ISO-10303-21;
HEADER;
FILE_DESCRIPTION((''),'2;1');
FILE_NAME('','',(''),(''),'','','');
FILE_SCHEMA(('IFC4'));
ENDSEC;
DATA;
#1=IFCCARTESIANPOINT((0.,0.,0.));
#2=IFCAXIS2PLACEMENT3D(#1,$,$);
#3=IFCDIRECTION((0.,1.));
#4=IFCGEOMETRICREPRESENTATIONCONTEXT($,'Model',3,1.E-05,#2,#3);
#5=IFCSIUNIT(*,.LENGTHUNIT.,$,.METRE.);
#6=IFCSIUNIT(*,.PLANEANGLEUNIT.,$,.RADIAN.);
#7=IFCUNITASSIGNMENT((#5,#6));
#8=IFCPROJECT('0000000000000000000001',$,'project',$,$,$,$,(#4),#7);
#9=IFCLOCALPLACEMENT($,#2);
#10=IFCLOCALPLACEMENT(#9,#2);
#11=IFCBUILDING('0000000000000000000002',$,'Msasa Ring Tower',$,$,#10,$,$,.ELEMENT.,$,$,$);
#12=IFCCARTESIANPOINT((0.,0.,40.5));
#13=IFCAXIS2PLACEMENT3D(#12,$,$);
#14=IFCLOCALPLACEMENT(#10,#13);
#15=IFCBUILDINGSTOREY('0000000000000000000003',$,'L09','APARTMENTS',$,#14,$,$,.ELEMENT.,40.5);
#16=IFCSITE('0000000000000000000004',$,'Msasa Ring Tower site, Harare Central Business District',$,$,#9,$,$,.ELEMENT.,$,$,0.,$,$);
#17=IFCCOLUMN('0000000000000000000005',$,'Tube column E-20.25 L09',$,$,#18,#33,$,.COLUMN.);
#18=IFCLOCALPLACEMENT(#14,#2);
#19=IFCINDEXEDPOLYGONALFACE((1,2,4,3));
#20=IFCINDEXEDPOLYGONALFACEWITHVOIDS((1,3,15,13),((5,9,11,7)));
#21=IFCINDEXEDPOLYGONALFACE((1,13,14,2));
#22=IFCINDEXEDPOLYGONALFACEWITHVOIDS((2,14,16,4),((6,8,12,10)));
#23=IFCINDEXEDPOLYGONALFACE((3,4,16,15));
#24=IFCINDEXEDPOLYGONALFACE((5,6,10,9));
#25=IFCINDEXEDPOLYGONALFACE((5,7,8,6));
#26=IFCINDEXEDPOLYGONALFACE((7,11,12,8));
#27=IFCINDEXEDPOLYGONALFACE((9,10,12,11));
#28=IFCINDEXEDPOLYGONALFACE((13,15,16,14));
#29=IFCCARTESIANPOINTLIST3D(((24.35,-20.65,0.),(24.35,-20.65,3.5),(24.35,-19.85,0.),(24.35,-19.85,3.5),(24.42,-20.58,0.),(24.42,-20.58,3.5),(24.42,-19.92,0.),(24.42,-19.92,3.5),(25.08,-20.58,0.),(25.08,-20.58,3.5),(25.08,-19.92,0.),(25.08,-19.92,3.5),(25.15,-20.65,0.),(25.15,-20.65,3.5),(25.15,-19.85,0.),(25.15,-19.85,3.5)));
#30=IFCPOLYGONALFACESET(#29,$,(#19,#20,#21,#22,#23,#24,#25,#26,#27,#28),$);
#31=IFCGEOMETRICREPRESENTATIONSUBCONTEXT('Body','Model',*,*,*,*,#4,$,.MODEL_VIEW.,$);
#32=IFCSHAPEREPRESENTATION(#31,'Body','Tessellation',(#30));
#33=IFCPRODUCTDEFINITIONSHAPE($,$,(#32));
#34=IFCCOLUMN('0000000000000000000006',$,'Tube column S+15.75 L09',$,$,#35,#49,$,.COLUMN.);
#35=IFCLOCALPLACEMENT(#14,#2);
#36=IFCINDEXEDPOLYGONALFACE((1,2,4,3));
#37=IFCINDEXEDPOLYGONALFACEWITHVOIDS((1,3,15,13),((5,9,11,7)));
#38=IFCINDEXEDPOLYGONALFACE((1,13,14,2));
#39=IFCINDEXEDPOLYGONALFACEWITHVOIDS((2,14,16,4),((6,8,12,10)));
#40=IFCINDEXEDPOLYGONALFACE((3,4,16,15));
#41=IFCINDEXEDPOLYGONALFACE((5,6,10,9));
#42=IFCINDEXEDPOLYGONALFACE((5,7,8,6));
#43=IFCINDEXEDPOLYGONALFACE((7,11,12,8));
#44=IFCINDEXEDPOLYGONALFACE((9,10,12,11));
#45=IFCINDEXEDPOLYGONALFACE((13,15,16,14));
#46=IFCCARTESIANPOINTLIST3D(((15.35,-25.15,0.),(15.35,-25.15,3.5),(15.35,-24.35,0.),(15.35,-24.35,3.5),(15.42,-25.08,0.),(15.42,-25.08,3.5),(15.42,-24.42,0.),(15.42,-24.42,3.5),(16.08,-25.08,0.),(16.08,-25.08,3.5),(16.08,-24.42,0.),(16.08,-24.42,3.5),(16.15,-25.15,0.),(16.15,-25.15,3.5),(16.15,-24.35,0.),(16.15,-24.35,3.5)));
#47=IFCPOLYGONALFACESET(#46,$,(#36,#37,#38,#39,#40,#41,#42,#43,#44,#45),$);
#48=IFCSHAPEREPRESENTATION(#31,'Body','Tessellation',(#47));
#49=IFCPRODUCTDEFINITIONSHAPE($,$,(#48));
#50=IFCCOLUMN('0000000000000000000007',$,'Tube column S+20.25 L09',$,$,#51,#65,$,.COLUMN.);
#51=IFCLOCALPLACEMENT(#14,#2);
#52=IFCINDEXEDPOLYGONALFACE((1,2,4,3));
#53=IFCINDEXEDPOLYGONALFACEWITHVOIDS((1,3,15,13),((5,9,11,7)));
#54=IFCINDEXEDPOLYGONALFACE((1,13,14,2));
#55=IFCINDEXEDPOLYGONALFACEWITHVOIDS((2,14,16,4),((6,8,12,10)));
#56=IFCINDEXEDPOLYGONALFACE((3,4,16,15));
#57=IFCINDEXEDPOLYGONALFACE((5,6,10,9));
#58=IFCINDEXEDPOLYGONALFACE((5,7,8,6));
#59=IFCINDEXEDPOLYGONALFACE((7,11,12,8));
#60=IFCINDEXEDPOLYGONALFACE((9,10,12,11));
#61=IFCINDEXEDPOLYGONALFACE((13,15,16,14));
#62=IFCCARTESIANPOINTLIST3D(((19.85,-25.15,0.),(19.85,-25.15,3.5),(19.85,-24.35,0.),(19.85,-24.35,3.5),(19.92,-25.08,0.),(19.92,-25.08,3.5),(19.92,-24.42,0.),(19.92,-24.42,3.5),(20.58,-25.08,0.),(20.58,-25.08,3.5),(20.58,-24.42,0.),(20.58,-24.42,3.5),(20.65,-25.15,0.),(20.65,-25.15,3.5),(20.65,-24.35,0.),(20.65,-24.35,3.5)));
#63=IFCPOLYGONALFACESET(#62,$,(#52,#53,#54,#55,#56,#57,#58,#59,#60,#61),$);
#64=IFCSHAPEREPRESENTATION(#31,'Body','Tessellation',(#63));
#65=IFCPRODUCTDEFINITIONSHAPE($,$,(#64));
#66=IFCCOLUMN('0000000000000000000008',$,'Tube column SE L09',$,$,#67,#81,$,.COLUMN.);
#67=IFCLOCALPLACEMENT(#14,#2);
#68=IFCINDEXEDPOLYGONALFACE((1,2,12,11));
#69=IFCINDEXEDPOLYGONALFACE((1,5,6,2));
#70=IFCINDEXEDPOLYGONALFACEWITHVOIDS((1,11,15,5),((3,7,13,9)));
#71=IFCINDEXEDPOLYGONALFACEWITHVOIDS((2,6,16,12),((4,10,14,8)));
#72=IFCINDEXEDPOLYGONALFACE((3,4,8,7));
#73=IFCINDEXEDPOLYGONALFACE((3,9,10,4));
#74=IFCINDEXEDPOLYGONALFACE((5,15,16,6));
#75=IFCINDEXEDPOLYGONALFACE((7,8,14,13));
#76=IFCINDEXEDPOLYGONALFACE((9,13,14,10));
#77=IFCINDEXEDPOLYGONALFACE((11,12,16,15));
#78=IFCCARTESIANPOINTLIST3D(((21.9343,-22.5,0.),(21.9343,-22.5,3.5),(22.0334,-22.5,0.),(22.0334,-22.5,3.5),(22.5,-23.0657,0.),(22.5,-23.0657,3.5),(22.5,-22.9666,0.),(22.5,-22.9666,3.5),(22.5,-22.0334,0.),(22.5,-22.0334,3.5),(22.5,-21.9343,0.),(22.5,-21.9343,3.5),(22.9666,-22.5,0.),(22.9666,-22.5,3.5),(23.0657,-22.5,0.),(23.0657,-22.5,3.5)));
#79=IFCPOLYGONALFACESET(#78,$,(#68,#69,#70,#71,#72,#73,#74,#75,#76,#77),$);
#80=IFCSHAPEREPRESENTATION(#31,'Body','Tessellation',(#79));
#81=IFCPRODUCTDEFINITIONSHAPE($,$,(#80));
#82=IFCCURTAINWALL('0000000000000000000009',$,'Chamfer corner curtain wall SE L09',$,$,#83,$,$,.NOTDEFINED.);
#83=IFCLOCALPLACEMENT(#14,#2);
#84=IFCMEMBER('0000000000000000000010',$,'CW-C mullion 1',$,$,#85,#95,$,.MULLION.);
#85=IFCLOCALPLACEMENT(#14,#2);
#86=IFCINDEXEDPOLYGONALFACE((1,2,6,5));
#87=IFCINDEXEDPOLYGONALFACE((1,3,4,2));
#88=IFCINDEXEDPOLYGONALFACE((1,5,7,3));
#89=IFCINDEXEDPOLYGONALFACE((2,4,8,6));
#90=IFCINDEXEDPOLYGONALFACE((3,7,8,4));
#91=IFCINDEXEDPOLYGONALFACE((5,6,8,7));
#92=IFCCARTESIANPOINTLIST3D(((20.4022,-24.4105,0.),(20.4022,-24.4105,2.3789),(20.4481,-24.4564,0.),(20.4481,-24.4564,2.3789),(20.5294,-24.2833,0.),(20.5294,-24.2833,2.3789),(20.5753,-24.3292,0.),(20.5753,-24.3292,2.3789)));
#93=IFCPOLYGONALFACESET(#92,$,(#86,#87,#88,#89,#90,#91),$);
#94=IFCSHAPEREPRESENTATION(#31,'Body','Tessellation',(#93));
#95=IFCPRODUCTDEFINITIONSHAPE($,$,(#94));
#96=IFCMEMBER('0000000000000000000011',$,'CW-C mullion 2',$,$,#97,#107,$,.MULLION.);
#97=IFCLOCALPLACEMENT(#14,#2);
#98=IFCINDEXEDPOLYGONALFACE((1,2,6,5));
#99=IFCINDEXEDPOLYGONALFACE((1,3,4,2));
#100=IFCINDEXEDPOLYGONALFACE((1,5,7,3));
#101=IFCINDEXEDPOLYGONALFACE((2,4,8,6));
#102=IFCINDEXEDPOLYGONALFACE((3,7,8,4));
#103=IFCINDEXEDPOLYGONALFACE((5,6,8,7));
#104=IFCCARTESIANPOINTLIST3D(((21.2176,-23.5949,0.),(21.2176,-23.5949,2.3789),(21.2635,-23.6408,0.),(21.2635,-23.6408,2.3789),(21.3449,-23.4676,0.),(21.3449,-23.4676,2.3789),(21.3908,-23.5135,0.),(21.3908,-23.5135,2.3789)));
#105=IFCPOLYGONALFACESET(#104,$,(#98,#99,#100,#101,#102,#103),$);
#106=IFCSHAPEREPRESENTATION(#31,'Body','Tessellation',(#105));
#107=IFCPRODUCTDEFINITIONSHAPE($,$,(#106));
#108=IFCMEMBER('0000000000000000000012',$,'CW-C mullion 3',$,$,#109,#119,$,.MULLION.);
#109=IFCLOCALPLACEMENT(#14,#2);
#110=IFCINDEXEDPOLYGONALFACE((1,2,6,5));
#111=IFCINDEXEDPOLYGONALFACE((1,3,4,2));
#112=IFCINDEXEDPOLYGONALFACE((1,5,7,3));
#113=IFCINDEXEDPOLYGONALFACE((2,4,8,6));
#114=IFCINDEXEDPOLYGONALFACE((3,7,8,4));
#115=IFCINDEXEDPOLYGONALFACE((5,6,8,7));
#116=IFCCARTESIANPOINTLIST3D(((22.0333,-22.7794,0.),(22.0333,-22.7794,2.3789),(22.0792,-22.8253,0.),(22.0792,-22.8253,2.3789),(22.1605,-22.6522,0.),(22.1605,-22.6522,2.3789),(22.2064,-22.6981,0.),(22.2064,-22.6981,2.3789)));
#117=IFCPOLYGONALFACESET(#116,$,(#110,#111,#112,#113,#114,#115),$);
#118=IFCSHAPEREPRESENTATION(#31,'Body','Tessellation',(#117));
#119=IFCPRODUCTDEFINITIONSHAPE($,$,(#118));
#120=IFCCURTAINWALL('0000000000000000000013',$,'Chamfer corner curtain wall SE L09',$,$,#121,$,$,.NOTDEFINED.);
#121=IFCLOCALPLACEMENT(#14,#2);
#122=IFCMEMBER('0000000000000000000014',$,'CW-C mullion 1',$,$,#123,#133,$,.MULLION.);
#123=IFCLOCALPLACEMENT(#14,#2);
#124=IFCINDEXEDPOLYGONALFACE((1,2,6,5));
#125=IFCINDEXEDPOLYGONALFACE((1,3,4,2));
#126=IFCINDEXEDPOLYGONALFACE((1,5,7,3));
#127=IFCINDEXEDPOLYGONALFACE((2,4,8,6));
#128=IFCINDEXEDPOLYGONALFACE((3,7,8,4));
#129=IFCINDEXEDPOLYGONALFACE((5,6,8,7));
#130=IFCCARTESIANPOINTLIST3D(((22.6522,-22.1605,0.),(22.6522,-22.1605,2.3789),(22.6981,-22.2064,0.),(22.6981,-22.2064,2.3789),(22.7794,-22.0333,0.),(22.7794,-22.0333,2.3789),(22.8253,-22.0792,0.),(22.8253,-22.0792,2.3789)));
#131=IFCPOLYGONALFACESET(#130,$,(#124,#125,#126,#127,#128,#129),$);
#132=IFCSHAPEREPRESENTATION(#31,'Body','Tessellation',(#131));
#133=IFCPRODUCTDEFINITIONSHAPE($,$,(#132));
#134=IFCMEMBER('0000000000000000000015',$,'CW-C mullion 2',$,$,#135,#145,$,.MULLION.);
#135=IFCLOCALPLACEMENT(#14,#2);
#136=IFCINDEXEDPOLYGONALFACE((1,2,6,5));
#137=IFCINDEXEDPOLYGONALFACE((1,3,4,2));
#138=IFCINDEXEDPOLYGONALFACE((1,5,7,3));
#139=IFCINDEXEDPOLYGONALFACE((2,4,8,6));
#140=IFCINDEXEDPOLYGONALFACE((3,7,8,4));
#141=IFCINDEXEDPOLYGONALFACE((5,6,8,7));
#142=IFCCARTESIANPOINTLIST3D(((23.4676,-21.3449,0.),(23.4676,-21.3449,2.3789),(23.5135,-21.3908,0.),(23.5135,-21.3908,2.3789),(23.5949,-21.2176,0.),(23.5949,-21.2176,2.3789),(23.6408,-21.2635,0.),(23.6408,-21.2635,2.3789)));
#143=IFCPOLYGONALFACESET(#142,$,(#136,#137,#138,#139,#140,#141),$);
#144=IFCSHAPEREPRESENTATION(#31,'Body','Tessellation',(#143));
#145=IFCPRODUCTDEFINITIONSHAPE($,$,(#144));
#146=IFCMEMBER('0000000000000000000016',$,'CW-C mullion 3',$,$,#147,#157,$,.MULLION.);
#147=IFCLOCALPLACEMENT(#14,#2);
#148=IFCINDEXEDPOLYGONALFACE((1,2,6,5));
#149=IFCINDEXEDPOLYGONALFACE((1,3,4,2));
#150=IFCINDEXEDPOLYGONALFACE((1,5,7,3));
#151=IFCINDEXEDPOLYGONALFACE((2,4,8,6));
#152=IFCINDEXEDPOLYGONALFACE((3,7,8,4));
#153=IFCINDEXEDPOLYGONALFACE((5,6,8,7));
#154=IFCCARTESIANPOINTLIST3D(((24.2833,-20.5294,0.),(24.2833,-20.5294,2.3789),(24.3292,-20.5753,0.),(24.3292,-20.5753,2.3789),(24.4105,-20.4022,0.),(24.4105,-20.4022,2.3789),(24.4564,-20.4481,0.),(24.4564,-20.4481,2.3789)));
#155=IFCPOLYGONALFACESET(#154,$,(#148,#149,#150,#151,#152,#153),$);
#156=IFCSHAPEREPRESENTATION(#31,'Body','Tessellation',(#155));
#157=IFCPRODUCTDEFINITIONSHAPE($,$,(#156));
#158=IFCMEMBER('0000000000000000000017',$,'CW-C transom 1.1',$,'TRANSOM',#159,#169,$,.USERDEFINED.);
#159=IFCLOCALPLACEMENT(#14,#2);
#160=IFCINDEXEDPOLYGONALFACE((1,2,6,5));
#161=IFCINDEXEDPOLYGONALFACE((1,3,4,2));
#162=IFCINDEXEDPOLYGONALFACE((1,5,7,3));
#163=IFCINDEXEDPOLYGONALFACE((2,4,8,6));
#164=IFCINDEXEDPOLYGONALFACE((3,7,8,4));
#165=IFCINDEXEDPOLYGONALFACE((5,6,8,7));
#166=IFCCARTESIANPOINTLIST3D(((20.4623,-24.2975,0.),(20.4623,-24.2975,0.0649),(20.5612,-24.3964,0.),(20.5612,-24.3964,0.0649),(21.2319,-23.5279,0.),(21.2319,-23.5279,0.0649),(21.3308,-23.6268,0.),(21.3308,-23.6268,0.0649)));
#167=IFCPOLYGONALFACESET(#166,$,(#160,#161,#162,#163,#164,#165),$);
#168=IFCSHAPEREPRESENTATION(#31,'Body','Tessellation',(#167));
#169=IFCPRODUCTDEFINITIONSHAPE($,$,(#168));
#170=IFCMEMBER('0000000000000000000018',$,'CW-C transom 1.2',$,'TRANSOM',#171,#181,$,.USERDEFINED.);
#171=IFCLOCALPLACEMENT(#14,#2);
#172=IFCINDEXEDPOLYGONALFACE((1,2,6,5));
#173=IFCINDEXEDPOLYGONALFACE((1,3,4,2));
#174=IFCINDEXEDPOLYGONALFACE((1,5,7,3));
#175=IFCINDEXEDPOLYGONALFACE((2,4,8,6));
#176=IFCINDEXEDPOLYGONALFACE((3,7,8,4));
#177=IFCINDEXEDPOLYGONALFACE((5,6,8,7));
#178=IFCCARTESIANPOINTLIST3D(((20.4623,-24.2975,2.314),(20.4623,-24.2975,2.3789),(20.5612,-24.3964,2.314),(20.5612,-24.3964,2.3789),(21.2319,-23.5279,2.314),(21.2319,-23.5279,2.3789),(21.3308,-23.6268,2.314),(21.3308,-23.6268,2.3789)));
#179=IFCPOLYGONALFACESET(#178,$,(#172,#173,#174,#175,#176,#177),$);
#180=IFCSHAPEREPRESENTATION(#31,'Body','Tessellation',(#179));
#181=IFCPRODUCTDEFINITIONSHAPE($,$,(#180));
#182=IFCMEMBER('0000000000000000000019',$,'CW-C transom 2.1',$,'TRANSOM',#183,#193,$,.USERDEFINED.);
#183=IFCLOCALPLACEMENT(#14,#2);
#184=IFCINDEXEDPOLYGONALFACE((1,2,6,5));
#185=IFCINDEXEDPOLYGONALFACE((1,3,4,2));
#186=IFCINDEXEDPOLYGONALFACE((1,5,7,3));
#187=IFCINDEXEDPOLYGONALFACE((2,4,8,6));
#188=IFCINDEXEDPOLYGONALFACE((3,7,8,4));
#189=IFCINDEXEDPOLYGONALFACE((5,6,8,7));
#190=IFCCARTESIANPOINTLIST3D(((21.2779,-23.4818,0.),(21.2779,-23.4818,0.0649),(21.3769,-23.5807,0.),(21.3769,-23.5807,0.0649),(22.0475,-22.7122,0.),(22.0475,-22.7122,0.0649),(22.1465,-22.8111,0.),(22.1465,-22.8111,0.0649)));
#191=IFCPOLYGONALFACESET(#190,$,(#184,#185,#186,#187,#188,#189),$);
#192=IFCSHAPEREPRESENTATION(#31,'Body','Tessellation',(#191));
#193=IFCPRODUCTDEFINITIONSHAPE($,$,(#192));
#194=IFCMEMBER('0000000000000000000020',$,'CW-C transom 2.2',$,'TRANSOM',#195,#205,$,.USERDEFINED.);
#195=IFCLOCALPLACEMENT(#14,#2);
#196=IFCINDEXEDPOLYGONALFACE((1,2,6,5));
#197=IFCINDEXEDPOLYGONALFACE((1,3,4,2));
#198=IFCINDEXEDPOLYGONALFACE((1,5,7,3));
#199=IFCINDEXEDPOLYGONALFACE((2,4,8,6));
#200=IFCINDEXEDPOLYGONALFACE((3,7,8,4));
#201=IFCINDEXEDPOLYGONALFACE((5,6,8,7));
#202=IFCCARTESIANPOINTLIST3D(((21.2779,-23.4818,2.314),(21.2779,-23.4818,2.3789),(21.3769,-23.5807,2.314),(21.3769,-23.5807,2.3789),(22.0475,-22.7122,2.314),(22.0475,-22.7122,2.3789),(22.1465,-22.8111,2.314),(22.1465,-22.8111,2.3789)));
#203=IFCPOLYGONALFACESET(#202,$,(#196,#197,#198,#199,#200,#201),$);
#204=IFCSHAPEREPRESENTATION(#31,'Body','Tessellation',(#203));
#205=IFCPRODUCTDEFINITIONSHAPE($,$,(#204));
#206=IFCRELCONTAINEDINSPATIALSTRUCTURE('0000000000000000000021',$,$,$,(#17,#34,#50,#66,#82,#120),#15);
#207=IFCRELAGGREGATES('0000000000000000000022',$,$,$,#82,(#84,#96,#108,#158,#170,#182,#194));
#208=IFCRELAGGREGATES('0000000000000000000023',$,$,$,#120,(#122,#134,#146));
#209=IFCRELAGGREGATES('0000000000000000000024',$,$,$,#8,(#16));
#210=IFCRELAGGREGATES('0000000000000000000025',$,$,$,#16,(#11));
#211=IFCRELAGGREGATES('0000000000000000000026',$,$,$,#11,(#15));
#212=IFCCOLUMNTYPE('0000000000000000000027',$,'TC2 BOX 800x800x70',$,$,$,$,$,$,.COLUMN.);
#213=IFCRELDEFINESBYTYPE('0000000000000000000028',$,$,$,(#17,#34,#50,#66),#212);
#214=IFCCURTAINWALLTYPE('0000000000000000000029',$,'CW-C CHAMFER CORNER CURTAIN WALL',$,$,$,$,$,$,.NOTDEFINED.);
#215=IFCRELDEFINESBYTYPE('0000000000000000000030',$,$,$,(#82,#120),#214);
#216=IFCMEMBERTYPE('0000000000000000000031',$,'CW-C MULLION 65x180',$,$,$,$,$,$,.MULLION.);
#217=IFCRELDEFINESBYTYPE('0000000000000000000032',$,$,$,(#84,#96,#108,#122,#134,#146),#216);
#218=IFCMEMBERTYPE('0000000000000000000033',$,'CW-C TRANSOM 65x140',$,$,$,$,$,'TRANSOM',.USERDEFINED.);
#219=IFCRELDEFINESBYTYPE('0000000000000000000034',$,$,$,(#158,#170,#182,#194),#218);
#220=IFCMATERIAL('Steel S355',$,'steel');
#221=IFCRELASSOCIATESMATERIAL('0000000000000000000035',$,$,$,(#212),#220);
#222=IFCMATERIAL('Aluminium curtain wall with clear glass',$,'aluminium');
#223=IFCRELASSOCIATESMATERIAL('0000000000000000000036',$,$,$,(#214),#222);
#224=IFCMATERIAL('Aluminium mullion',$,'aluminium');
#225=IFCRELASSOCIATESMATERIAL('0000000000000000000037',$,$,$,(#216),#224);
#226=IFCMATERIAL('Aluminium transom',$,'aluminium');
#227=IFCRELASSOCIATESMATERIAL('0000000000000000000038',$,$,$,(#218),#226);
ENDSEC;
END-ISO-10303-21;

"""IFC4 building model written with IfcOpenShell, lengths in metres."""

from ifc_helpers import new_model, si_unit, direction, frame, origin, origin_2d, place, context, subcontext, project, spatial, rectangle, hollow_rectangle, extrude, material, material_profile, profile_set, type_object, element, aggregate, save


model = new_model("IFC4")

# Units and contexts
model_context = context("Model", 3, precision=1e-05, world=origin(), true_north=direction((0.0, 1.0)))
body_context = subcontext(model_context, "Body", "Model", "MODEL_VIEW")
ifc_project = project(units=[si_unit("LENGTHUNIT", "METRE"), si_unit("PLANEANGLEUNIT", "RADIAN")], contexts=[model_context])

# Site, building, storey
site_placement = place(None, origin())
site = spatial("IfcSite", under=ifc_project, at=site_placement, Name="Msasa Ring Tower site, Harare Central Business District", CompositionType="ELEMENT", RefElevation=0.0)
building_placement = place(site_placement, origin())
building = spatial("IfcBuilding", under=site, at=building_placement, Name="Msasa Ring Tower", CompositionType="ELEMENT")
storey_placement = place(building_placement, frame((0.0, 0.0, 40.5)))
storey = spatial("IfcBuildingStorey", under=building, at=storey_placement, Name="L09", Description="APARTMENTS", CompositionType="ELEMENT", Elevation=40.5)

# Columns
ifc_material_1 = material(Name="Steel S355", Category="steel")
ifc_material_profile_1 = material_profile(ifc_material_1, hollow_rectangle(XDim=0.8, YDim=0.8, WallThickness=0.0701, at=origin_2d()), Name="BOX 800x800x70")
ifc_profile_set_1 = profile_set([ifc_material_profile_1], Name="Steel S355")
column_type = type_object("IfcColumnType", Name="TC2 BOX 800x800x70", PredefinedType="COLUMN", material=ifc_profile_set_1)
for number, where, z_axis, x_axis, name in (
    (1, (24.75, -20.25, 0.0), (0.0, 0.0, 1.0), (1.0, 0.0, 0.0), "Tube column E-20.25 L09"),
    (2, (15.75, -24.75, 0.0), (0.0, 0.0, 1.0), (0.0, 1.0, 0.0), "Tube column S+15.75 L09"),
    (3, (20.25, -24.75, 0.0), (0.0, 0.0, 1.0), (0.0, 1.0, 0.0), "Tube column S+20.25 L09"),
    (4, (22.5, -22.5, 0.0), (0.0, 0.0, 1.0), (0.707107, -0.707107, 0.0), "Tube column SE L09"),
):
    element("IfcColumn", number, at=place(storey_placement, frame(where, z_axis=z_axis, x_axis=x_axis)), inside=storey, type_object=column_type, Name=name, PredefinedType="COLUMN", context=body_context, shape_type="SweptSolid", body=[
        extrude(hollow_rectangle(XDim=0.8, YDim=0.8, WallThickness=0.0701, at=origin_2d()), origin(), (0.0, 0.0, 1.0), 3.5),
    ])

# Curtain walls, members
ifc_material_2 = material(Name="Aluminium curtain wall with clear glass", Category="aluminium")
curtain_wall_type = type_object("IfcCurtainWallType", Name="CW-C CHAMFER CORNER CURTAIN WALL", PredefinedType="NOTDEFINED", material=ifc_material_2)
curtain_wall_1_placement = place(storey_placement, origin())
curtain_wall_1 = element("IfcCurtainWall", 5, at=curtain_wall_1_placement, inside=storey, type_object=curtain_wall_type, Name="Chamfer corner curtain wall SE L09", PredefinedType="NOTDEFINED")
ifc_material_3 = material(Name="Aluminium mullion", Category="aluminium")
ifc_material_profile_2 = material_profile(ifc_material_3, rectangle(XDim=0.0649, YDim=0.1799, at=origin_2d()), Name="AL 65x180")
ifc_profile_set_2 = profile_set([ifc_material_profile_2], Name="Aluminium mullion")
member_type_1 = type_object("IfcMemberType", Name="CW-C MULLION 65x180", PredefinedType="MULLION", material=ifc_profile_set_2)
member_1_placement = place(storey_placement, frame((20.4888, -24.3699, 0.0), z_axis=(0.0, 0.0, 1.0), x_axis=(-0.707107, 0.707107, 0.0)))
member_1 = element("IfcMember", 6, at=member_1_placement, type_object=member_type_1, Name="CW-C mullion 1", PredefinedType="MULLION", context=body_context, shape_type="SweptSolid", body=[
    extrude(rectangle(XDim=0.0649, YDim=0.1799, at=origin_2d()), origin(), (0.0, 0.0, 1.0), 2.3789),
])
member_2_placement = place(storey_placement, frame((21.3042, -23.5542, 0.0), z_axis=(0.0, 0.0, 1.0), x_axis=(-0.707107, 0.707107, 0.0)))
member_2 = element("IfcMember", 7, at=member_2_placement, type_object=member_type_1, Name="CW-C mullion 2", PredefinedType="MULLION", context=body_context, shape_type="SweptSolid", body=[
    extrude(rectangle(XDim=0.0649, YDim=0.1799, at=origin_2d()), origin(), (0.0, 0.0, 1.0), 2.3789),
])
member_3_placement = place(storey_placement, frame((22.1199, -22.7388, 0.0), z_axis=(0.0, 0.0, 1.0), x_axis=(-0.707107, 0.707107, 0.0)))
member_3 = element("IfcMember", 8, at=member_3_placement, type_object=member_type_1, Name="CW-C mullion 3", PredefinedType="MULLION", context=body_context, shape_type="SweptSolid", body=[
    extrude(rectangle(XDim=0.0649, YDim=0.1799, at=origin_2d()), origin(), (0.0, 0.0, 1.0), 2.3789),
])
curtain_wall_2_placement = place(storey_placement, origin())
curtain_wall_2 = element("IfcCurtainWall", 9, at=curtain_wall_2_placement, inside=storey, type_object=curtain_wall_type, Name="Chamfer corner curtain wall SE L09", PredefinedType="NOTDEFINED")
member_4_placement = place(storey_placement, frame((22.7388, -22.1199, 0.0), z_axis=(0.0, 0.0, 1.0), x_axis=(-0.707107, 0.707107, 0.0)))
member_4 = element("IfcMember", 10, at=member_4_placement, type_object=member_type_1, Name="CW-C mullion 1", PredefinedType="MULLION", context=body_context, shape_type="SweptSolid", body=[
    extrude(rectangle(XDim=0.0649, YDim=0.1799, at=origin_2d()), origin(), (0.0, 0.0, 1.0), 2.3789),
])
member_5_placement = place(storey_placement, frame((23.5542, -21.3042, 0.0), z_axis=(0.0, 0.0, 1.0), x_axis=(-0.707107, 0.707107, 0.0)))
member_5 = element("IfcMember", 11, at=member_5_placement, type_object=member_type_1, Name="CW-C mullion 2", PredefinedType="MULLION", context=body_context, shape_type="SweptSolid", body=[
    extrude(rectangle(XDim=0.0649, YDim=0.1799, at=origin_2d()), origin(), (0.0, 0.0, 1.0), 2.3789),
])
member_6_placement = place(storey_placement, frame((24.3699, -20.4888, 0.0), z_axis=(0.0, 0.0, 1.0), x_axis=(-0.707107, 0.707107, 0.0)))
member_6 = element("IfcMember", 12, at=member_6_placement, type_object=member_type_1, Name="CW-C mullion 3", PredefinedType="MULLION", context=body_context, shape_type="SweptSolid", body=[
    extrude(rectangle(XDim=0.0649, YDim=0.1799, at=origin_2d()), origin(), (0.0, 0.0, 1.0), 2.3789),
])

# Members
ifc_material_4 = material(Name="Aluminium transom", Category="aluminium")
ifc_material_profile_3 = material_profile(ifc_material_4, rectangle(XDim=0.1399, YDim=0.0649, at=origin_2d()), Name="AL 65x140")
ifc_profile_set_3 = profile_set([ifc_material_profile_3], Name="Aluminium transom")
member_type_2 = type_object("IfcMemberType", Name="CW-C TRANSOM 65x140", ElementType="TRANSOM", PredefinedType="USERDEFINED", material=ifc_profile_set_3)
member_7_placement = place(storey_placement, frame((20.5117, -24.3469, 0.0325), z_axis=(0.707107, 0.707107, 0.0), x_axis=(-0.707107, 0.707107, 0.0)))
member_7 = element("IfcMember", 13, at=member_7_placement, type_object=member_type_2, Name="CW-C transom 1.1", ObjectType="TRANSOM", PredefinedType="USERDEFINED", context=body_context, shape_type="SweptSolid", body=[
    extrude(rectangle(XDim=0.1399, YDim=0.0649, at=origin_2d()), origin(), (0.0, 0.0, 1.0), 1.0884),
])
member_8_placement = place(storey_placement, frame((20.5117, -24.3469, 2.3464), z_axis=(0.707107, 0.707107, 0.0), x_axis=(-0.707107, 0.707107, 0.0)))
member_8 = element("IfcMember", 14, at=member_8_placement, type_object=member_type_2, Name="CW-C transom 1.2", ObjectType="TRANSOM", PredefinedType="USERDEFINED", context=body_context, shape_type="SweptSolid", body=[
    extrude(rectangle(XDim=0.1399, YDim=0.0649, at=origin_2d()), origin(), (0.0, 0.0, 1.0), 1.0884),
])
member_9_placement = place(storey_placement, frame((21.3274, -23.5312, 0.0325), z_axis=(0.707107, 0.707107, 0.0), x_axis=(-0.707107, 0.707107, 0.0)))
member_9 = element("IfcMember", 15, at=member_9_placement, type_object=member_type_2, Name="CW-C transom 2.1", ObjectType="TRANSOM", PredefinedType="USERDEFINED", context=body_context, shape_type="SweptSolid", body=[
    extrude(rectangle(XDim=0.1399, YDim=0.0649, at=origin_2d()), origin(), (0.0, 0.0, 1.0), 1.0884),
])
member_10_placement = place(storey_placement, frame((21.3274, -23.5312, 2.3464), z_axis=(0.707107, 0.707107, 0.0), x_axis=(-0.707107, 0.707107, 0.0)))
member_10 = element("IfcMember", 16, at=member_10_placement, type_object=member_type_2, Name="CW-C transom 2.2", ObjectType="TRANSOM", PredefinedType="USERDEFINED", context=body_context, shape_type="SweptSolid", body=[
    extrude(rectangle(XDim=0.1399, YDim=0.0649, at=origin_2d()), origin(), (0.0, 0.0, 1.0), 1.0884),
])

aggregate(curtain_wall_1, [member_1, member_2, member_3, member_7, member_8, member_9, member_10])
aggregate(curtain_wall_2, [member_4, member_5, member_6])

save(model, "model.ifc")
